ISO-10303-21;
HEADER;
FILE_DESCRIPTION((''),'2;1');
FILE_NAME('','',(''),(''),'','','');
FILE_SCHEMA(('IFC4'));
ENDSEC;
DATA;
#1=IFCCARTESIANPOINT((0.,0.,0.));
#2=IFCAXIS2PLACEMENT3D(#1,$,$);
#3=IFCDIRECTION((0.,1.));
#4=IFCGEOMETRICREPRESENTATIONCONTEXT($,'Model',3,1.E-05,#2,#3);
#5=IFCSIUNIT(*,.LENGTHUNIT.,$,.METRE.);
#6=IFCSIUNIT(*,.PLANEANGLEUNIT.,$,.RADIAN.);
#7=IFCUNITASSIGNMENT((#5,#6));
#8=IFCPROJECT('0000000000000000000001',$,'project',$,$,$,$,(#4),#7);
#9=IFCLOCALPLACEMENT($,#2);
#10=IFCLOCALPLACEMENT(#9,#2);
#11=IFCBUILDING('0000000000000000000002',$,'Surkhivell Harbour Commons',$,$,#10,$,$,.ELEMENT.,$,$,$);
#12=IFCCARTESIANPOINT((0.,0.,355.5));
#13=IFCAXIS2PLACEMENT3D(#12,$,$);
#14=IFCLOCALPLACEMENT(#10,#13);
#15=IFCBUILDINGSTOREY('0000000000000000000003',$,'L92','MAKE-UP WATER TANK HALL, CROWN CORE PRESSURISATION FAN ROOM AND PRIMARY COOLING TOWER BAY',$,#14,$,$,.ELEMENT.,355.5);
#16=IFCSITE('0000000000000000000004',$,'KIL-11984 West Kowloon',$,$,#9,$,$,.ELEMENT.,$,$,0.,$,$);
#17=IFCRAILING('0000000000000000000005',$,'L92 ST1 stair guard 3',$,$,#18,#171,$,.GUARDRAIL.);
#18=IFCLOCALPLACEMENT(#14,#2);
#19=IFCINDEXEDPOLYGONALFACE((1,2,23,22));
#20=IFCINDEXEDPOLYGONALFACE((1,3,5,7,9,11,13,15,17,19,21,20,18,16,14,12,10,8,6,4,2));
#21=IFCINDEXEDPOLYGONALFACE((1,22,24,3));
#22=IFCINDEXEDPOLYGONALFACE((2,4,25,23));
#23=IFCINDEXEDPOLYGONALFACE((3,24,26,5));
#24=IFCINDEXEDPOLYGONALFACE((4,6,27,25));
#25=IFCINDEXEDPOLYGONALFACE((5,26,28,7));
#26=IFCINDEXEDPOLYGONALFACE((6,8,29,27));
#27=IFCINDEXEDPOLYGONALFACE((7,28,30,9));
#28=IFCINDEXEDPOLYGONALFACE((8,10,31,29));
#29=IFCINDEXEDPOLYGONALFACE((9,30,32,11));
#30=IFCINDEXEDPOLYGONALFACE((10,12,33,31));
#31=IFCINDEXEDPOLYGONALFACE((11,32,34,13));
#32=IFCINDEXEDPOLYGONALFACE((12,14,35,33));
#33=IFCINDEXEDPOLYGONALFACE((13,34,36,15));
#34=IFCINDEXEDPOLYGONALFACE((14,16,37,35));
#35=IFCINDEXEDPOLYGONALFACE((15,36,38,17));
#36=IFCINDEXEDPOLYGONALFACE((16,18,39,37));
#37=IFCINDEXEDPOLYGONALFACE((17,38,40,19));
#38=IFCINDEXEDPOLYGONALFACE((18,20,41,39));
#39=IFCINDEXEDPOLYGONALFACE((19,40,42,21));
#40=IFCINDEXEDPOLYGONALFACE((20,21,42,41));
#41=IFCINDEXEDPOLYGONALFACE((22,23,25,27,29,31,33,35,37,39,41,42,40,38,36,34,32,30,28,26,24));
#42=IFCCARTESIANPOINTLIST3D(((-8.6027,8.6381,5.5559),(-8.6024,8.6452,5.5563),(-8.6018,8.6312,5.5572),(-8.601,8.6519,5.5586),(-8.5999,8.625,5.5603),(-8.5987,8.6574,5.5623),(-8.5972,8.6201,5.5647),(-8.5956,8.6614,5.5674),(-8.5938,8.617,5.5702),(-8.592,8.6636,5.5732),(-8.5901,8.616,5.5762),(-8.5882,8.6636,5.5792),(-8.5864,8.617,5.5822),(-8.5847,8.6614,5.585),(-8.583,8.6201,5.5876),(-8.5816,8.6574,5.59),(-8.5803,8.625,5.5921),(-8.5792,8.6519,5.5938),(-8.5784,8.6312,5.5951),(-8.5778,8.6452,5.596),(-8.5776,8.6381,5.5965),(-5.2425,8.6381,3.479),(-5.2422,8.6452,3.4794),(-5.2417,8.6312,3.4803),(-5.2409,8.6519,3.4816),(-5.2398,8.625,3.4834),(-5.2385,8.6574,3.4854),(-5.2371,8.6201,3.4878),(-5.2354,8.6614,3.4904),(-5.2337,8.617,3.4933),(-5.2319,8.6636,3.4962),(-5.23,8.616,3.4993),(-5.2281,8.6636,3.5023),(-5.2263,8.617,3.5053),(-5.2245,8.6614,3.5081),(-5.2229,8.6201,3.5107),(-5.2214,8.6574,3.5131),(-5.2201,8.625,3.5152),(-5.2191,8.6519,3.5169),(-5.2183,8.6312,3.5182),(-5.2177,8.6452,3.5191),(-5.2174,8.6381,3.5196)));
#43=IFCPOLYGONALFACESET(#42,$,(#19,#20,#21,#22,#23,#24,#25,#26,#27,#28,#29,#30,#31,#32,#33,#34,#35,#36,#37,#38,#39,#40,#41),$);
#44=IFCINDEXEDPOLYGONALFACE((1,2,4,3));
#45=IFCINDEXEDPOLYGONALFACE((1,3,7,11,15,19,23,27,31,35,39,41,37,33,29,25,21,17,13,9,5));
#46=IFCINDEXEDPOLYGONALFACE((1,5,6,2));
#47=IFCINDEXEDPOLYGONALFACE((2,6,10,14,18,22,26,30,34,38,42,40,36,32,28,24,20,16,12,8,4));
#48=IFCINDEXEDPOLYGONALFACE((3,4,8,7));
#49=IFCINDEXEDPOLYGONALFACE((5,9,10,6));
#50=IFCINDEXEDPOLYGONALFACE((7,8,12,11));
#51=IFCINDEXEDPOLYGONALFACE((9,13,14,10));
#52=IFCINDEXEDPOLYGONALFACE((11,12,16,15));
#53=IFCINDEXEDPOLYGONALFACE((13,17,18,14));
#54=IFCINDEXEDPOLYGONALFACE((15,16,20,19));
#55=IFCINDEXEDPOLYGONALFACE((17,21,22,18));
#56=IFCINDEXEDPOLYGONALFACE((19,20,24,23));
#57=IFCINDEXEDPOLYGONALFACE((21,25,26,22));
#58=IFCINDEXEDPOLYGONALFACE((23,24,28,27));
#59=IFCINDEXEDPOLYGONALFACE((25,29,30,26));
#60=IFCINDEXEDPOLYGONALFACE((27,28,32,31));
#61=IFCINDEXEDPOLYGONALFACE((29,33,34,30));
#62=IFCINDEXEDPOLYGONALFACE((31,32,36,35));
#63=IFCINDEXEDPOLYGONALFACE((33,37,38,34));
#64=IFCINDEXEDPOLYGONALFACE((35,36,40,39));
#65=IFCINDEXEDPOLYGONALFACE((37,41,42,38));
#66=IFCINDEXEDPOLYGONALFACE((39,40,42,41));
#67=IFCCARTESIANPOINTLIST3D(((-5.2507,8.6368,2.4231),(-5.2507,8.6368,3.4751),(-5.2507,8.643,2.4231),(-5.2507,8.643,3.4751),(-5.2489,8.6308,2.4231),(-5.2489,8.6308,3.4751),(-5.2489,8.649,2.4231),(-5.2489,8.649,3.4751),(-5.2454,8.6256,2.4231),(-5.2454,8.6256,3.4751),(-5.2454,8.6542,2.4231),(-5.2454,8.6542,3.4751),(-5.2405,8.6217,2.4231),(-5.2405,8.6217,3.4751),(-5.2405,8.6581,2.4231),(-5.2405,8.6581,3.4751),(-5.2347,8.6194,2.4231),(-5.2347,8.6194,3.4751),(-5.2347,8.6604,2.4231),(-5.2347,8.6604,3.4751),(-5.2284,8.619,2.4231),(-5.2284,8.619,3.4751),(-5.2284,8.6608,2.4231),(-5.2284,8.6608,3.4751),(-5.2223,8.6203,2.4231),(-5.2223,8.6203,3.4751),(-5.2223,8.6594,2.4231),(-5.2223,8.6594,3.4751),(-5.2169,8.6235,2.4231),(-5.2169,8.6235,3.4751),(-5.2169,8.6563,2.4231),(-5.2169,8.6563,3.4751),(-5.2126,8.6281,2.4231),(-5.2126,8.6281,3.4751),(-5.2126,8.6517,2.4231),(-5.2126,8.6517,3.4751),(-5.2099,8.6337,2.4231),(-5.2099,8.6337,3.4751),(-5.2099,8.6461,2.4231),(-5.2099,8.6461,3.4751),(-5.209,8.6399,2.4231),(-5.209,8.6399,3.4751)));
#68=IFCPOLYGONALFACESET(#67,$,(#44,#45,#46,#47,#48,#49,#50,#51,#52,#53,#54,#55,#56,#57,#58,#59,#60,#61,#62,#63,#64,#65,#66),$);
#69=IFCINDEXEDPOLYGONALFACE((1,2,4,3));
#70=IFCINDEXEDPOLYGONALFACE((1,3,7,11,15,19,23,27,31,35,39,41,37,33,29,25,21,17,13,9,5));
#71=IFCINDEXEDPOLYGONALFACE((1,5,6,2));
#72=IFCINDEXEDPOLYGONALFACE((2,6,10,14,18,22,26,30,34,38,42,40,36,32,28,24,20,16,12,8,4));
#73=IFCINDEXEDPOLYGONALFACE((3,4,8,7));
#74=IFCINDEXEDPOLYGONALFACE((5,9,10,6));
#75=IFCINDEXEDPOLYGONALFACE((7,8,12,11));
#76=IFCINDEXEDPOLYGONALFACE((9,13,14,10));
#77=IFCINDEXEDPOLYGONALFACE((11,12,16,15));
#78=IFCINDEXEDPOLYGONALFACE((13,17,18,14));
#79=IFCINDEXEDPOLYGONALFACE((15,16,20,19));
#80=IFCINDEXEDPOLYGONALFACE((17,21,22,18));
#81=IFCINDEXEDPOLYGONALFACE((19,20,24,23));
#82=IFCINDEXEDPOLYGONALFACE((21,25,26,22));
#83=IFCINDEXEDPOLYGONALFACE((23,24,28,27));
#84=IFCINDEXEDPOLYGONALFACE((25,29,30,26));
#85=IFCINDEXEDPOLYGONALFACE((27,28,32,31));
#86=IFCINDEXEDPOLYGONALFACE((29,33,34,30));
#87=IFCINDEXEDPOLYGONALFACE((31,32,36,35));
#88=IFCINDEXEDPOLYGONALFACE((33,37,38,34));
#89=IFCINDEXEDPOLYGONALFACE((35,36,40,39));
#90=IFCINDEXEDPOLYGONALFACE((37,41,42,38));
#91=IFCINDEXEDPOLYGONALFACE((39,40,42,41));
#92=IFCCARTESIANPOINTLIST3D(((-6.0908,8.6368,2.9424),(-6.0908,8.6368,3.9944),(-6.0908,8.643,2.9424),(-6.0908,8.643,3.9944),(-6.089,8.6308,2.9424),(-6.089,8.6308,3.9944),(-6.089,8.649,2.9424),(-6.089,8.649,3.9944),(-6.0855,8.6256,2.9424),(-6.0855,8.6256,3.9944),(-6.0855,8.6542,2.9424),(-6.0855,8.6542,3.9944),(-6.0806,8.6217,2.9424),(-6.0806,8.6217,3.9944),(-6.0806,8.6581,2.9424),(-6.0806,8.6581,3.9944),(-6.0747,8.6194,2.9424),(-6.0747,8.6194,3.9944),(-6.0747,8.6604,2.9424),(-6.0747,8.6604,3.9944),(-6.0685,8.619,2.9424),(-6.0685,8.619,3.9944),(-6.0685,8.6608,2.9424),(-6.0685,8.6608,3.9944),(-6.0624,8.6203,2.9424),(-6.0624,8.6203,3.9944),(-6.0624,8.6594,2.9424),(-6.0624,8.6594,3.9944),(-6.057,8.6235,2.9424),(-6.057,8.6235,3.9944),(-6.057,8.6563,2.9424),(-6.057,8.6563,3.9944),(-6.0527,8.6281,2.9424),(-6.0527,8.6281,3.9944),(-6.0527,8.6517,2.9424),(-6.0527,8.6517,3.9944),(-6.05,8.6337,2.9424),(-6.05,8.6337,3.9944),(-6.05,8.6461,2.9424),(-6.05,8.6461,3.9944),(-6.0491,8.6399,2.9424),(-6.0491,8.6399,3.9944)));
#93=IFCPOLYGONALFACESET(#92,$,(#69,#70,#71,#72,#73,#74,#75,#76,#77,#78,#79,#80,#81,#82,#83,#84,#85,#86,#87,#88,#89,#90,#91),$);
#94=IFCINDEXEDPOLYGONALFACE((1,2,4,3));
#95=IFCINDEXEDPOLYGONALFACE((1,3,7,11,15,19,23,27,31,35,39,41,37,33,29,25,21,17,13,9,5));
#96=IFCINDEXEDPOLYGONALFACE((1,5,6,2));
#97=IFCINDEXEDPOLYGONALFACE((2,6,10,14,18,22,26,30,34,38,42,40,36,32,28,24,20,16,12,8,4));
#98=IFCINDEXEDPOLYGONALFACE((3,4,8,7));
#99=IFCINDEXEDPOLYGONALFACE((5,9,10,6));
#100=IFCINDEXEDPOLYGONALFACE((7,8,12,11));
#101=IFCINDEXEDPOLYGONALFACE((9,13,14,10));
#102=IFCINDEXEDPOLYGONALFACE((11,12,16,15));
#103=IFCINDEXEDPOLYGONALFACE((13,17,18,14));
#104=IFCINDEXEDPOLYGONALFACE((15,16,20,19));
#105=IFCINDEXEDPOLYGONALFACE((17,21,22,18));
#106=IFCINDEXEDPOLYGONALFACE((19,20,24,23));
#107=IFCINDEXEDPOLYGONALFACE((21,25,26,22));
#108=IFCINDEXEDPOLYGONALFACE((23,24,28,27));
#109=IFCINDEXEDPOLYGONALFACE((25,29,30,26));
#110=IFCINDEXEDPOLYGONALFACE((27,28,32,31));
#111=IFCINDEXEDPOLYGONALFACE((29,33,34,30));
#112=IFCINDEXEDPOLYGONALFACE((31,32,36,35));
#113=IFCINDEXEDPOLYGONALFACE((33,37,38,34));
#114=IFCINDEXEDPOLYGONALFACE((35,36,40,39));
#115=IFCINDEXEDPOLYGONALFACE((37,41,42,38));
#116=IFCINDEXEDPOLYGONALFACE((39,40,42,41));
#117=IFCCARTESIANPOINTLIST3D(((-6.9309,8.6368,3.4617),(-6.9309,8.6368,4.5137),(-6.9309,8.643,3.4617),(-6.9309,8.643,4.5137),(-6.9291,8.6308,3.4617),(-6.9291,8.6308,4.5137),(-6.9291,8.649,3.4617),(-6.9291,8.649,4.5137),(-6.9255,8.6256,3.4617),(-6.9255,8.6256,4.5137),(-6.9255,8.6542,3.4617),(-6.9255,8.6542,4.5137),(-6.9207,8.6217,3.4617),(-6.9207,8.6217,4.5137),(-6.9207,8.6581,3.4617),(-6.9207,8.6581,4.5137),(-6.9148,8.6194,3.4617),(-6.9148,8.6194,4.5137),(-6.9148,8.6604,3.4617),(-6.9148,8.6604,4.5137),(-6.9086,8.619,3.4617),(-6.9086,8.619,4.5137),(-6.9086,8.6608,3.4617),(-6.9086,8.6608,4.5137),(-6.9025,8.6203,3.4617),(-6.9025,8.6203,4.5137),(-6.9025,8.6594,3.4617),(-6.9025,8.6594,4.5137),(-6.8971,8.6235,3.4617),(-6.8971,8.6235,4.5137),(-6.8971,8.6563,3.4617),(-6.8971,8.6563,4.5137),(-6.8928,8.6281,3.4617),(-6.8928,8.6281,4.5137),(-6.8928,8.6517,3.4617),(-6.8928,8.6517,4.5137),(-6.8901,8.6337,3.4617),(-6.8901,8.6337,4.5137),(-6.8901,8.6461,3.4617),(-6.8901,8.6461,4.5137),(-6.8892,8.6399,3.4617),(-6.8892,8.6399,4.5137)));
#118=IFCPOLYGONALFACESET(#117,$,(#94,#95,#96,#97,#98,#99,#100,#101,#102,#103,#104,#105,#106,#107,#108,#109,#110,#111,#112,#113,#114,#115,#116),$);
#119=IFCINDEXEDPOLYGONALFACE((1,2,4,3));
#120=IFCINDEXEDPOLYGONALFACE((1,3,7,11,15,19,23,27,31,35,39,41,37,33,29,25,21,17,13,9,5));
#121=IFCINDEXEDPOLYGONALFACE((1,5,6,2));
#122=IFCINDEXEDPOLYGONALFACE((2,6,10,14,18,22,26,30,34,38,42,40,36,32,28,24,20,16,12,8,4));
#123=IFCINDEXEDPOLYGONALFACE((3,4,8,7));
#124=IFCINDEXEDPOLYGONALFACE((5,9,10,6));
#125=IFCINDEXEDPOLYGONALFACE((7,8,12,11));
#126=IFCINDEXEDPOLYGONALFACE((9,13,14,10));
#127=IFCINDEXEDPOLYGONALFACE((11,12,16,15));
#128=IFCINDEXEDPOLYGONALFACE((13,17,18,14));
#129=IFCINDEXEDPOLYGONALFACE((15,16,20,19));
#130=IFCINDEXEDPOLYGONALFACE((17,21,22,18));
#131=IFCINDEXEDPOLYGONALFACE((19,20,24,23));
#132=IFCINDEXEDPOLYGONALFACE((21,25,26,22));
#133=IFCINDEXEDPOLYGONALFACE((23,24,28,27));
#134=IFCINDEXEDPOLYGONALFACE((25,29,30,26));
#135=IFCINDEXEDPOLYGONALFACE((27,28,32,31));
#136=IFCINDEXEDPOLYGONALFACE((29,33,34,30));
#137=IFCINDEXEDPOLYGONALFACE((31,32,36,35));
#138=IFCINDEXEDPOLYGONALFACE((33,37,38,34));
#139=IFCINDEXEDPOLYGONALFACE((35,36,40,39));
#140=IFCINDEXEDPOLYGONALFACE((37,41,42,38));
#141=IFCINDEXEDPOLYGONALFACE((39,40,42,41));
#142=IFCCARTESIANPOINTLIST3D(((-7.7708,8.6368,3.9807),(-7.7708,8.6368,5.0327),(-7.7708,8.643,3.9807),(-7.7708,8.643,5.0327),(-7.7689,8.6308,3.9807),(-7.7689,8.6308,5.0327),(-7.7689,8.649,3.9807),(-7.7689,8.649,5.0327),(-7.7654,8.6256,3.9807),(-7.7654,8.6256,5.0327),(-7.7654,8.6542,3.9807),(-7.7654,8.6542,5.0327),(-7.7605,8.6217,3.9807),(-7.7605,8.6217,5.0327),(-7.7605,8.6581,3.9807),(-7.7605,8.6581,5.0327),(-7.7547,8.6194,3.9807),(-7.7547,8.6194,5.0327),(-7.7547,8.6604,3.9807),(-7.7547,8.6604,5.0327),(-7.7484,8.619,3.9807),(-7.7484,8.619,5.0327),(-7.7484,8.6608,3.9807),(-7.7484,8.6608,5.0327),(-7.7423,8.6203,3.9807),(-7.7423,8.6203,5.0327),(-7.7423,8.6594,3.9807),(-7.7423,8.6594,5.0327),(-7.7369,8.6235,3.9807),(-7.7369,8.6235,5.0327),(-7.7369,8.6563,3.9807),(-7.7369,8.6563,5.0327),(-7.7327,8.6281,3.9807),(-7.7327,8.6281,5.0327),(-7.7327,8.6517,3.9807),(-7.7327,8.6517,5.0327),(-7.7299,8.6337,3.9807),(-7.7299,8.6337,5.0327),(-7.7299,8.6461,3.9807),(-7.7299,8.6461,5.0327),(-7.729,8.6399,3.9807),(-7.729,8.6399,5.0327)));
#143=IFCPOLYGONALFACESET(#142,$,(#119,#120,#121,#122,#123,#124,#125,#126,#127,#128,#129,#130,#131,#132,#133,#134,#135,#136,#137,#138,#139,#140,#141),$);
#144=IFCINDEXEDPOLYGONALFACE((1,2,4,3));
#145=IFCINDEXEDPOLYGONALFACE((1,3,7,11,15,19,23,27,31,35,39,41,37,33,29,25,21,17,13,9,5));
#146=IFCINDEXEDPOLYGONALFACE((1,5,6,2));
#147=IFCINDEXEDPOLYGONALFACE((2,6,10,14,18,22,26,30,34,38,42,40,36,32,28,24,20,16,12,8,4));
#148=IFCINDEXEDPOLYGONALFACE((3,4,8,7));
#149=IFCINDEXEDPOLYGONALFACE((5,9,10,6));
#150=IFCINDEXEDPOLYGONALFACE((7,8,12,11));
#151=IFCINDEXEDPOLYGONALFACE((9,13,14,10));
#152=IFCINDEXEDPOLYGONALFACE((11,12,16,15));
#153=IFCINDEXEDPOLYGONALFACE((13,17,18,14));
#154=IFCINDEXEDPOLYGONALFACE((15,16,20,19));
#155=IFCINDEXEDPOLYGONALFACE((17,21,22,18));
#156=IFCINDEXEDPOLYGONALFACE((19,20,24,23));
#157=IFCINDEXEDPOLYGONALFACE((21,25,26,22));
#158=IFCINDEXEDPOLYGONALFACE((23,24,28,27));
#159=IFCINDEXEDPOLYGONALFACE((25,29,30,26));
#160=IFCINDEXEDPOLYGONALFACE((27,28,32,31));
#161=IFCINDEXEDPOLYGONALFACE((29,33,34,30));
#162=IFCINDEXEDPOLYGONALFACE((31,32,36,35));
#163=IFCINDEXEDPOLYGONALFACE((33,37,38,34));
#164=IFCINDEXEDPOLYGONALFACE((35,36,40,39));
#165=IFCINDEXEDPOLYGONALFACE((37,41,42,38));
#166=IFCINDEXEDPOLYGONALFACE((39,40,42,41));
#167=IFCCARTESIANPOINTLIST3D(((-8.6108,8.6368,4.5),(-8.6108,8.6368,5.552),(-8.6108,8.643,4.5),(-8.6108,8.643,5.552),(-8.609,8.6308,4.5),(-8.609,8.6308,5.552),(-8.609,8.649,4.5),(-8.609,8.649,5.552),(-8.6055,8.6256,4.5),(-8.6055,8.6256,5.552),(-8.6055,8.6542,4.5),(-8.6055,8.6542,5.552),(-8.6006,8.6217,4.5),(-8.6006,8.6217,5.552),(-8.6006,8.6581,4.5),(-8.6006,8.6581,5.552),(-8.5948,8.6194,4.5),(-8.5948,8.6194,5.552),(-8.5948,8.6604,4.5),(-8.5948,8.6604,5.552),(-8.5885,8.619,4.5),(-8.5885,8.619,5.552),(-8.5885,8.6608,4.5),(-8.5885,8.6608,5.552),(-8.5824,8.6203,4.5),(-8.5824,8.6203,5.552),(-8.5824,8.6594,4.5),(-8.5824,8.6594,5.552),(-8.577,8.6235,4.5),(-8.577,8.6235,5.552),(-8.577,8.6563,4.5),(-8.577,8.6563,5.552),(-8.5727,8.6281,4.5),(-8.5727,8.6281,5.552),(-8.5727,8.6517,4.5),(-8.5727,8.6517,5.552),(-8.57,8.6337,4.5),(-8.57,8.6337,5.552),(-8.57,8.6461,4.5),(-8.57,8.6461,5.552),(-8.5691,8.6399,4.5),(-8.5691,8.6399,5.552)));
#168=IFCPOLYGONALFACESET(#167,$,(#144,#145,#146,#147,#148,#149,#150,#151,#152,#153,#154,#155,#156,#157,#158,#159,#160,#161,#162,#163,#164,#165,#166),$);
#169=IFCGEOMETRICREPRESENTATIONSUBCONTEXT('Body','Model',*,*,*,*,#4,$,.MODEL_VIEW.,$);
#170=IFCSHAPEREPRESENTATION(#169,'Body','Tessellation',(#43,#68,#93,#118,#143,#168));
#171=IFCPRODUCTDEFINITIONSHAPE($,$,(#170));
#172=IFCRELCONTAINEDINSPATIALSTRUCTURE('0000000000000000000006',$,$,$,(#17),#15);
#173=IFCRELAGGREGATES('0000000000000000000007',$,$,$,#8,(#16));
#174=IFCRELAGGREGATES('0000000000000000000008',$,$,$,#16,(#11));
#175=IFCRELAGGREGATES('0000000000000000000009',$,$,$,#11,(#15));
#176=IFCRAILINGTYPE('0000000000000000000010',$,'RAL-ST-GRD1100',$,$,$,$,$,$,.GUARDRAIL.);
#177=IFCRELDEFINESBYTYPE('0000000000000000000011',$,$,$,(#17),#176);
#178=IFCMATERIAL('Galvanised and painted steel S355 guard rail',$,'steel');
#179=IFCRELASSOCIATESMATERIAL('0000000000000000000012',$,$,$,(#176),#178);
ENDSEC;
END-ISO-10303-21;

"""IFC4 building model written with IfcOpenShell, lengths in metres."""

from ifc_helpers import new_model, si_unit, direction, frame, origin, origin_2d, place, context, subcontext, project, spatial, circle, extrude, material, type_object, element, save


model = new_model("IFC4")

# Units and contexts
model_context = context("Model", 3, precision=1e-05, world=origin(), true_north=direction((0.0, 1.0)))
body_context = subcontext(model_context, "Body", "Model", "MODEL_VIEW")
ifc_project = project(units=[si_unit("LENGTHUNIT", "METRE"), si_unit("PLANEANGLEUNIT", "RADIAN")], contexts=[model_context])

# Site, building, storey
site_placement = place(None, origin())
site = spatial("IfcSite", under=ifc_project, at=site_placement, Name="KIL-11984 West Kowloon", CompositionType="ELEMENT", RefElevation=0.0)
building_placement = place(site_placement, origin())
building = spatial("IfcBuilding", under=site, at=building_placement, Name="Surkhivell Harbour Commons", CompositionType="ELEMENT")
storey_placement = place(building_placement, frame((0.0, 0.0, 355.5)))
storey = spatial("IfcBuildingStorey", under=building, at=storey_placement, Name="L92", Description="MAKE-UP WATER TANK HALL, CROWN CORE PRESSURISATION FAN ROOM AND PRIMARY COOLING TOWER BAY", CompositionType="ELEMENT", Elevation=355.5)

# Railing
ifc_material_1 = material(Name="Galvanised and painted steel S355 guard rail", Category="steel")
railing_type_1 = type_object("IfcRailingType", Name="RAL-ST-GRD1100", PredefinedType="GUARDRAIL", material=ifc_material_1)
railing_1_placement = place(storey_placement, frame((-5.23, 8.6399, 2.4231)))
element("IfcRailing", 1, at=railing_1_placement, inside=storey, type_object=railing_type_1, Name="L92 ST1 stair guard 3", PredefinedType="GUARDRAIL", context=body_context, shape_type="SweptSolid", body=[
    extrude(circle(Radius=0.0239, at=origin_2d()), frame((0.0, 0.0, 1.0762), z_axis=(-0.850623, 0.0, 0.525776), x_axis=(0.0, -1.0, 0.0)), (0.0, 0.0, 1.0), 3.9502),
    extrude(circle(Radius=0.021, at=origin_2d()), origin(), (0.0, 0.0, 1.0), 1.052),
    extrude(circle(Radius=0.021, at=origin_2d()), frame((-0.8401, 0.0, 0.5193)), (0.0, 0.0, 1.0), 1.052),
    extrude(circle(Radius=0.021, at=origin_2d()), frame((-1.6802, 0.0, 1.0386)), (0.0, 0.0, 1.0), 1.052),
    extrude(circle(Radius=0.021, at=origin_2d()), frame((-2.52, 0.0, 1.5576)), (0.0, 0.0, 1.0), 1.052),
    extrude(circle(Radius=0.021, at=origin_2d()), frame((-3.3601, 0.0, 2.0769)), (0.0, 0.0, 1.0), 1.052),
])

save(model, "model.ifc")
